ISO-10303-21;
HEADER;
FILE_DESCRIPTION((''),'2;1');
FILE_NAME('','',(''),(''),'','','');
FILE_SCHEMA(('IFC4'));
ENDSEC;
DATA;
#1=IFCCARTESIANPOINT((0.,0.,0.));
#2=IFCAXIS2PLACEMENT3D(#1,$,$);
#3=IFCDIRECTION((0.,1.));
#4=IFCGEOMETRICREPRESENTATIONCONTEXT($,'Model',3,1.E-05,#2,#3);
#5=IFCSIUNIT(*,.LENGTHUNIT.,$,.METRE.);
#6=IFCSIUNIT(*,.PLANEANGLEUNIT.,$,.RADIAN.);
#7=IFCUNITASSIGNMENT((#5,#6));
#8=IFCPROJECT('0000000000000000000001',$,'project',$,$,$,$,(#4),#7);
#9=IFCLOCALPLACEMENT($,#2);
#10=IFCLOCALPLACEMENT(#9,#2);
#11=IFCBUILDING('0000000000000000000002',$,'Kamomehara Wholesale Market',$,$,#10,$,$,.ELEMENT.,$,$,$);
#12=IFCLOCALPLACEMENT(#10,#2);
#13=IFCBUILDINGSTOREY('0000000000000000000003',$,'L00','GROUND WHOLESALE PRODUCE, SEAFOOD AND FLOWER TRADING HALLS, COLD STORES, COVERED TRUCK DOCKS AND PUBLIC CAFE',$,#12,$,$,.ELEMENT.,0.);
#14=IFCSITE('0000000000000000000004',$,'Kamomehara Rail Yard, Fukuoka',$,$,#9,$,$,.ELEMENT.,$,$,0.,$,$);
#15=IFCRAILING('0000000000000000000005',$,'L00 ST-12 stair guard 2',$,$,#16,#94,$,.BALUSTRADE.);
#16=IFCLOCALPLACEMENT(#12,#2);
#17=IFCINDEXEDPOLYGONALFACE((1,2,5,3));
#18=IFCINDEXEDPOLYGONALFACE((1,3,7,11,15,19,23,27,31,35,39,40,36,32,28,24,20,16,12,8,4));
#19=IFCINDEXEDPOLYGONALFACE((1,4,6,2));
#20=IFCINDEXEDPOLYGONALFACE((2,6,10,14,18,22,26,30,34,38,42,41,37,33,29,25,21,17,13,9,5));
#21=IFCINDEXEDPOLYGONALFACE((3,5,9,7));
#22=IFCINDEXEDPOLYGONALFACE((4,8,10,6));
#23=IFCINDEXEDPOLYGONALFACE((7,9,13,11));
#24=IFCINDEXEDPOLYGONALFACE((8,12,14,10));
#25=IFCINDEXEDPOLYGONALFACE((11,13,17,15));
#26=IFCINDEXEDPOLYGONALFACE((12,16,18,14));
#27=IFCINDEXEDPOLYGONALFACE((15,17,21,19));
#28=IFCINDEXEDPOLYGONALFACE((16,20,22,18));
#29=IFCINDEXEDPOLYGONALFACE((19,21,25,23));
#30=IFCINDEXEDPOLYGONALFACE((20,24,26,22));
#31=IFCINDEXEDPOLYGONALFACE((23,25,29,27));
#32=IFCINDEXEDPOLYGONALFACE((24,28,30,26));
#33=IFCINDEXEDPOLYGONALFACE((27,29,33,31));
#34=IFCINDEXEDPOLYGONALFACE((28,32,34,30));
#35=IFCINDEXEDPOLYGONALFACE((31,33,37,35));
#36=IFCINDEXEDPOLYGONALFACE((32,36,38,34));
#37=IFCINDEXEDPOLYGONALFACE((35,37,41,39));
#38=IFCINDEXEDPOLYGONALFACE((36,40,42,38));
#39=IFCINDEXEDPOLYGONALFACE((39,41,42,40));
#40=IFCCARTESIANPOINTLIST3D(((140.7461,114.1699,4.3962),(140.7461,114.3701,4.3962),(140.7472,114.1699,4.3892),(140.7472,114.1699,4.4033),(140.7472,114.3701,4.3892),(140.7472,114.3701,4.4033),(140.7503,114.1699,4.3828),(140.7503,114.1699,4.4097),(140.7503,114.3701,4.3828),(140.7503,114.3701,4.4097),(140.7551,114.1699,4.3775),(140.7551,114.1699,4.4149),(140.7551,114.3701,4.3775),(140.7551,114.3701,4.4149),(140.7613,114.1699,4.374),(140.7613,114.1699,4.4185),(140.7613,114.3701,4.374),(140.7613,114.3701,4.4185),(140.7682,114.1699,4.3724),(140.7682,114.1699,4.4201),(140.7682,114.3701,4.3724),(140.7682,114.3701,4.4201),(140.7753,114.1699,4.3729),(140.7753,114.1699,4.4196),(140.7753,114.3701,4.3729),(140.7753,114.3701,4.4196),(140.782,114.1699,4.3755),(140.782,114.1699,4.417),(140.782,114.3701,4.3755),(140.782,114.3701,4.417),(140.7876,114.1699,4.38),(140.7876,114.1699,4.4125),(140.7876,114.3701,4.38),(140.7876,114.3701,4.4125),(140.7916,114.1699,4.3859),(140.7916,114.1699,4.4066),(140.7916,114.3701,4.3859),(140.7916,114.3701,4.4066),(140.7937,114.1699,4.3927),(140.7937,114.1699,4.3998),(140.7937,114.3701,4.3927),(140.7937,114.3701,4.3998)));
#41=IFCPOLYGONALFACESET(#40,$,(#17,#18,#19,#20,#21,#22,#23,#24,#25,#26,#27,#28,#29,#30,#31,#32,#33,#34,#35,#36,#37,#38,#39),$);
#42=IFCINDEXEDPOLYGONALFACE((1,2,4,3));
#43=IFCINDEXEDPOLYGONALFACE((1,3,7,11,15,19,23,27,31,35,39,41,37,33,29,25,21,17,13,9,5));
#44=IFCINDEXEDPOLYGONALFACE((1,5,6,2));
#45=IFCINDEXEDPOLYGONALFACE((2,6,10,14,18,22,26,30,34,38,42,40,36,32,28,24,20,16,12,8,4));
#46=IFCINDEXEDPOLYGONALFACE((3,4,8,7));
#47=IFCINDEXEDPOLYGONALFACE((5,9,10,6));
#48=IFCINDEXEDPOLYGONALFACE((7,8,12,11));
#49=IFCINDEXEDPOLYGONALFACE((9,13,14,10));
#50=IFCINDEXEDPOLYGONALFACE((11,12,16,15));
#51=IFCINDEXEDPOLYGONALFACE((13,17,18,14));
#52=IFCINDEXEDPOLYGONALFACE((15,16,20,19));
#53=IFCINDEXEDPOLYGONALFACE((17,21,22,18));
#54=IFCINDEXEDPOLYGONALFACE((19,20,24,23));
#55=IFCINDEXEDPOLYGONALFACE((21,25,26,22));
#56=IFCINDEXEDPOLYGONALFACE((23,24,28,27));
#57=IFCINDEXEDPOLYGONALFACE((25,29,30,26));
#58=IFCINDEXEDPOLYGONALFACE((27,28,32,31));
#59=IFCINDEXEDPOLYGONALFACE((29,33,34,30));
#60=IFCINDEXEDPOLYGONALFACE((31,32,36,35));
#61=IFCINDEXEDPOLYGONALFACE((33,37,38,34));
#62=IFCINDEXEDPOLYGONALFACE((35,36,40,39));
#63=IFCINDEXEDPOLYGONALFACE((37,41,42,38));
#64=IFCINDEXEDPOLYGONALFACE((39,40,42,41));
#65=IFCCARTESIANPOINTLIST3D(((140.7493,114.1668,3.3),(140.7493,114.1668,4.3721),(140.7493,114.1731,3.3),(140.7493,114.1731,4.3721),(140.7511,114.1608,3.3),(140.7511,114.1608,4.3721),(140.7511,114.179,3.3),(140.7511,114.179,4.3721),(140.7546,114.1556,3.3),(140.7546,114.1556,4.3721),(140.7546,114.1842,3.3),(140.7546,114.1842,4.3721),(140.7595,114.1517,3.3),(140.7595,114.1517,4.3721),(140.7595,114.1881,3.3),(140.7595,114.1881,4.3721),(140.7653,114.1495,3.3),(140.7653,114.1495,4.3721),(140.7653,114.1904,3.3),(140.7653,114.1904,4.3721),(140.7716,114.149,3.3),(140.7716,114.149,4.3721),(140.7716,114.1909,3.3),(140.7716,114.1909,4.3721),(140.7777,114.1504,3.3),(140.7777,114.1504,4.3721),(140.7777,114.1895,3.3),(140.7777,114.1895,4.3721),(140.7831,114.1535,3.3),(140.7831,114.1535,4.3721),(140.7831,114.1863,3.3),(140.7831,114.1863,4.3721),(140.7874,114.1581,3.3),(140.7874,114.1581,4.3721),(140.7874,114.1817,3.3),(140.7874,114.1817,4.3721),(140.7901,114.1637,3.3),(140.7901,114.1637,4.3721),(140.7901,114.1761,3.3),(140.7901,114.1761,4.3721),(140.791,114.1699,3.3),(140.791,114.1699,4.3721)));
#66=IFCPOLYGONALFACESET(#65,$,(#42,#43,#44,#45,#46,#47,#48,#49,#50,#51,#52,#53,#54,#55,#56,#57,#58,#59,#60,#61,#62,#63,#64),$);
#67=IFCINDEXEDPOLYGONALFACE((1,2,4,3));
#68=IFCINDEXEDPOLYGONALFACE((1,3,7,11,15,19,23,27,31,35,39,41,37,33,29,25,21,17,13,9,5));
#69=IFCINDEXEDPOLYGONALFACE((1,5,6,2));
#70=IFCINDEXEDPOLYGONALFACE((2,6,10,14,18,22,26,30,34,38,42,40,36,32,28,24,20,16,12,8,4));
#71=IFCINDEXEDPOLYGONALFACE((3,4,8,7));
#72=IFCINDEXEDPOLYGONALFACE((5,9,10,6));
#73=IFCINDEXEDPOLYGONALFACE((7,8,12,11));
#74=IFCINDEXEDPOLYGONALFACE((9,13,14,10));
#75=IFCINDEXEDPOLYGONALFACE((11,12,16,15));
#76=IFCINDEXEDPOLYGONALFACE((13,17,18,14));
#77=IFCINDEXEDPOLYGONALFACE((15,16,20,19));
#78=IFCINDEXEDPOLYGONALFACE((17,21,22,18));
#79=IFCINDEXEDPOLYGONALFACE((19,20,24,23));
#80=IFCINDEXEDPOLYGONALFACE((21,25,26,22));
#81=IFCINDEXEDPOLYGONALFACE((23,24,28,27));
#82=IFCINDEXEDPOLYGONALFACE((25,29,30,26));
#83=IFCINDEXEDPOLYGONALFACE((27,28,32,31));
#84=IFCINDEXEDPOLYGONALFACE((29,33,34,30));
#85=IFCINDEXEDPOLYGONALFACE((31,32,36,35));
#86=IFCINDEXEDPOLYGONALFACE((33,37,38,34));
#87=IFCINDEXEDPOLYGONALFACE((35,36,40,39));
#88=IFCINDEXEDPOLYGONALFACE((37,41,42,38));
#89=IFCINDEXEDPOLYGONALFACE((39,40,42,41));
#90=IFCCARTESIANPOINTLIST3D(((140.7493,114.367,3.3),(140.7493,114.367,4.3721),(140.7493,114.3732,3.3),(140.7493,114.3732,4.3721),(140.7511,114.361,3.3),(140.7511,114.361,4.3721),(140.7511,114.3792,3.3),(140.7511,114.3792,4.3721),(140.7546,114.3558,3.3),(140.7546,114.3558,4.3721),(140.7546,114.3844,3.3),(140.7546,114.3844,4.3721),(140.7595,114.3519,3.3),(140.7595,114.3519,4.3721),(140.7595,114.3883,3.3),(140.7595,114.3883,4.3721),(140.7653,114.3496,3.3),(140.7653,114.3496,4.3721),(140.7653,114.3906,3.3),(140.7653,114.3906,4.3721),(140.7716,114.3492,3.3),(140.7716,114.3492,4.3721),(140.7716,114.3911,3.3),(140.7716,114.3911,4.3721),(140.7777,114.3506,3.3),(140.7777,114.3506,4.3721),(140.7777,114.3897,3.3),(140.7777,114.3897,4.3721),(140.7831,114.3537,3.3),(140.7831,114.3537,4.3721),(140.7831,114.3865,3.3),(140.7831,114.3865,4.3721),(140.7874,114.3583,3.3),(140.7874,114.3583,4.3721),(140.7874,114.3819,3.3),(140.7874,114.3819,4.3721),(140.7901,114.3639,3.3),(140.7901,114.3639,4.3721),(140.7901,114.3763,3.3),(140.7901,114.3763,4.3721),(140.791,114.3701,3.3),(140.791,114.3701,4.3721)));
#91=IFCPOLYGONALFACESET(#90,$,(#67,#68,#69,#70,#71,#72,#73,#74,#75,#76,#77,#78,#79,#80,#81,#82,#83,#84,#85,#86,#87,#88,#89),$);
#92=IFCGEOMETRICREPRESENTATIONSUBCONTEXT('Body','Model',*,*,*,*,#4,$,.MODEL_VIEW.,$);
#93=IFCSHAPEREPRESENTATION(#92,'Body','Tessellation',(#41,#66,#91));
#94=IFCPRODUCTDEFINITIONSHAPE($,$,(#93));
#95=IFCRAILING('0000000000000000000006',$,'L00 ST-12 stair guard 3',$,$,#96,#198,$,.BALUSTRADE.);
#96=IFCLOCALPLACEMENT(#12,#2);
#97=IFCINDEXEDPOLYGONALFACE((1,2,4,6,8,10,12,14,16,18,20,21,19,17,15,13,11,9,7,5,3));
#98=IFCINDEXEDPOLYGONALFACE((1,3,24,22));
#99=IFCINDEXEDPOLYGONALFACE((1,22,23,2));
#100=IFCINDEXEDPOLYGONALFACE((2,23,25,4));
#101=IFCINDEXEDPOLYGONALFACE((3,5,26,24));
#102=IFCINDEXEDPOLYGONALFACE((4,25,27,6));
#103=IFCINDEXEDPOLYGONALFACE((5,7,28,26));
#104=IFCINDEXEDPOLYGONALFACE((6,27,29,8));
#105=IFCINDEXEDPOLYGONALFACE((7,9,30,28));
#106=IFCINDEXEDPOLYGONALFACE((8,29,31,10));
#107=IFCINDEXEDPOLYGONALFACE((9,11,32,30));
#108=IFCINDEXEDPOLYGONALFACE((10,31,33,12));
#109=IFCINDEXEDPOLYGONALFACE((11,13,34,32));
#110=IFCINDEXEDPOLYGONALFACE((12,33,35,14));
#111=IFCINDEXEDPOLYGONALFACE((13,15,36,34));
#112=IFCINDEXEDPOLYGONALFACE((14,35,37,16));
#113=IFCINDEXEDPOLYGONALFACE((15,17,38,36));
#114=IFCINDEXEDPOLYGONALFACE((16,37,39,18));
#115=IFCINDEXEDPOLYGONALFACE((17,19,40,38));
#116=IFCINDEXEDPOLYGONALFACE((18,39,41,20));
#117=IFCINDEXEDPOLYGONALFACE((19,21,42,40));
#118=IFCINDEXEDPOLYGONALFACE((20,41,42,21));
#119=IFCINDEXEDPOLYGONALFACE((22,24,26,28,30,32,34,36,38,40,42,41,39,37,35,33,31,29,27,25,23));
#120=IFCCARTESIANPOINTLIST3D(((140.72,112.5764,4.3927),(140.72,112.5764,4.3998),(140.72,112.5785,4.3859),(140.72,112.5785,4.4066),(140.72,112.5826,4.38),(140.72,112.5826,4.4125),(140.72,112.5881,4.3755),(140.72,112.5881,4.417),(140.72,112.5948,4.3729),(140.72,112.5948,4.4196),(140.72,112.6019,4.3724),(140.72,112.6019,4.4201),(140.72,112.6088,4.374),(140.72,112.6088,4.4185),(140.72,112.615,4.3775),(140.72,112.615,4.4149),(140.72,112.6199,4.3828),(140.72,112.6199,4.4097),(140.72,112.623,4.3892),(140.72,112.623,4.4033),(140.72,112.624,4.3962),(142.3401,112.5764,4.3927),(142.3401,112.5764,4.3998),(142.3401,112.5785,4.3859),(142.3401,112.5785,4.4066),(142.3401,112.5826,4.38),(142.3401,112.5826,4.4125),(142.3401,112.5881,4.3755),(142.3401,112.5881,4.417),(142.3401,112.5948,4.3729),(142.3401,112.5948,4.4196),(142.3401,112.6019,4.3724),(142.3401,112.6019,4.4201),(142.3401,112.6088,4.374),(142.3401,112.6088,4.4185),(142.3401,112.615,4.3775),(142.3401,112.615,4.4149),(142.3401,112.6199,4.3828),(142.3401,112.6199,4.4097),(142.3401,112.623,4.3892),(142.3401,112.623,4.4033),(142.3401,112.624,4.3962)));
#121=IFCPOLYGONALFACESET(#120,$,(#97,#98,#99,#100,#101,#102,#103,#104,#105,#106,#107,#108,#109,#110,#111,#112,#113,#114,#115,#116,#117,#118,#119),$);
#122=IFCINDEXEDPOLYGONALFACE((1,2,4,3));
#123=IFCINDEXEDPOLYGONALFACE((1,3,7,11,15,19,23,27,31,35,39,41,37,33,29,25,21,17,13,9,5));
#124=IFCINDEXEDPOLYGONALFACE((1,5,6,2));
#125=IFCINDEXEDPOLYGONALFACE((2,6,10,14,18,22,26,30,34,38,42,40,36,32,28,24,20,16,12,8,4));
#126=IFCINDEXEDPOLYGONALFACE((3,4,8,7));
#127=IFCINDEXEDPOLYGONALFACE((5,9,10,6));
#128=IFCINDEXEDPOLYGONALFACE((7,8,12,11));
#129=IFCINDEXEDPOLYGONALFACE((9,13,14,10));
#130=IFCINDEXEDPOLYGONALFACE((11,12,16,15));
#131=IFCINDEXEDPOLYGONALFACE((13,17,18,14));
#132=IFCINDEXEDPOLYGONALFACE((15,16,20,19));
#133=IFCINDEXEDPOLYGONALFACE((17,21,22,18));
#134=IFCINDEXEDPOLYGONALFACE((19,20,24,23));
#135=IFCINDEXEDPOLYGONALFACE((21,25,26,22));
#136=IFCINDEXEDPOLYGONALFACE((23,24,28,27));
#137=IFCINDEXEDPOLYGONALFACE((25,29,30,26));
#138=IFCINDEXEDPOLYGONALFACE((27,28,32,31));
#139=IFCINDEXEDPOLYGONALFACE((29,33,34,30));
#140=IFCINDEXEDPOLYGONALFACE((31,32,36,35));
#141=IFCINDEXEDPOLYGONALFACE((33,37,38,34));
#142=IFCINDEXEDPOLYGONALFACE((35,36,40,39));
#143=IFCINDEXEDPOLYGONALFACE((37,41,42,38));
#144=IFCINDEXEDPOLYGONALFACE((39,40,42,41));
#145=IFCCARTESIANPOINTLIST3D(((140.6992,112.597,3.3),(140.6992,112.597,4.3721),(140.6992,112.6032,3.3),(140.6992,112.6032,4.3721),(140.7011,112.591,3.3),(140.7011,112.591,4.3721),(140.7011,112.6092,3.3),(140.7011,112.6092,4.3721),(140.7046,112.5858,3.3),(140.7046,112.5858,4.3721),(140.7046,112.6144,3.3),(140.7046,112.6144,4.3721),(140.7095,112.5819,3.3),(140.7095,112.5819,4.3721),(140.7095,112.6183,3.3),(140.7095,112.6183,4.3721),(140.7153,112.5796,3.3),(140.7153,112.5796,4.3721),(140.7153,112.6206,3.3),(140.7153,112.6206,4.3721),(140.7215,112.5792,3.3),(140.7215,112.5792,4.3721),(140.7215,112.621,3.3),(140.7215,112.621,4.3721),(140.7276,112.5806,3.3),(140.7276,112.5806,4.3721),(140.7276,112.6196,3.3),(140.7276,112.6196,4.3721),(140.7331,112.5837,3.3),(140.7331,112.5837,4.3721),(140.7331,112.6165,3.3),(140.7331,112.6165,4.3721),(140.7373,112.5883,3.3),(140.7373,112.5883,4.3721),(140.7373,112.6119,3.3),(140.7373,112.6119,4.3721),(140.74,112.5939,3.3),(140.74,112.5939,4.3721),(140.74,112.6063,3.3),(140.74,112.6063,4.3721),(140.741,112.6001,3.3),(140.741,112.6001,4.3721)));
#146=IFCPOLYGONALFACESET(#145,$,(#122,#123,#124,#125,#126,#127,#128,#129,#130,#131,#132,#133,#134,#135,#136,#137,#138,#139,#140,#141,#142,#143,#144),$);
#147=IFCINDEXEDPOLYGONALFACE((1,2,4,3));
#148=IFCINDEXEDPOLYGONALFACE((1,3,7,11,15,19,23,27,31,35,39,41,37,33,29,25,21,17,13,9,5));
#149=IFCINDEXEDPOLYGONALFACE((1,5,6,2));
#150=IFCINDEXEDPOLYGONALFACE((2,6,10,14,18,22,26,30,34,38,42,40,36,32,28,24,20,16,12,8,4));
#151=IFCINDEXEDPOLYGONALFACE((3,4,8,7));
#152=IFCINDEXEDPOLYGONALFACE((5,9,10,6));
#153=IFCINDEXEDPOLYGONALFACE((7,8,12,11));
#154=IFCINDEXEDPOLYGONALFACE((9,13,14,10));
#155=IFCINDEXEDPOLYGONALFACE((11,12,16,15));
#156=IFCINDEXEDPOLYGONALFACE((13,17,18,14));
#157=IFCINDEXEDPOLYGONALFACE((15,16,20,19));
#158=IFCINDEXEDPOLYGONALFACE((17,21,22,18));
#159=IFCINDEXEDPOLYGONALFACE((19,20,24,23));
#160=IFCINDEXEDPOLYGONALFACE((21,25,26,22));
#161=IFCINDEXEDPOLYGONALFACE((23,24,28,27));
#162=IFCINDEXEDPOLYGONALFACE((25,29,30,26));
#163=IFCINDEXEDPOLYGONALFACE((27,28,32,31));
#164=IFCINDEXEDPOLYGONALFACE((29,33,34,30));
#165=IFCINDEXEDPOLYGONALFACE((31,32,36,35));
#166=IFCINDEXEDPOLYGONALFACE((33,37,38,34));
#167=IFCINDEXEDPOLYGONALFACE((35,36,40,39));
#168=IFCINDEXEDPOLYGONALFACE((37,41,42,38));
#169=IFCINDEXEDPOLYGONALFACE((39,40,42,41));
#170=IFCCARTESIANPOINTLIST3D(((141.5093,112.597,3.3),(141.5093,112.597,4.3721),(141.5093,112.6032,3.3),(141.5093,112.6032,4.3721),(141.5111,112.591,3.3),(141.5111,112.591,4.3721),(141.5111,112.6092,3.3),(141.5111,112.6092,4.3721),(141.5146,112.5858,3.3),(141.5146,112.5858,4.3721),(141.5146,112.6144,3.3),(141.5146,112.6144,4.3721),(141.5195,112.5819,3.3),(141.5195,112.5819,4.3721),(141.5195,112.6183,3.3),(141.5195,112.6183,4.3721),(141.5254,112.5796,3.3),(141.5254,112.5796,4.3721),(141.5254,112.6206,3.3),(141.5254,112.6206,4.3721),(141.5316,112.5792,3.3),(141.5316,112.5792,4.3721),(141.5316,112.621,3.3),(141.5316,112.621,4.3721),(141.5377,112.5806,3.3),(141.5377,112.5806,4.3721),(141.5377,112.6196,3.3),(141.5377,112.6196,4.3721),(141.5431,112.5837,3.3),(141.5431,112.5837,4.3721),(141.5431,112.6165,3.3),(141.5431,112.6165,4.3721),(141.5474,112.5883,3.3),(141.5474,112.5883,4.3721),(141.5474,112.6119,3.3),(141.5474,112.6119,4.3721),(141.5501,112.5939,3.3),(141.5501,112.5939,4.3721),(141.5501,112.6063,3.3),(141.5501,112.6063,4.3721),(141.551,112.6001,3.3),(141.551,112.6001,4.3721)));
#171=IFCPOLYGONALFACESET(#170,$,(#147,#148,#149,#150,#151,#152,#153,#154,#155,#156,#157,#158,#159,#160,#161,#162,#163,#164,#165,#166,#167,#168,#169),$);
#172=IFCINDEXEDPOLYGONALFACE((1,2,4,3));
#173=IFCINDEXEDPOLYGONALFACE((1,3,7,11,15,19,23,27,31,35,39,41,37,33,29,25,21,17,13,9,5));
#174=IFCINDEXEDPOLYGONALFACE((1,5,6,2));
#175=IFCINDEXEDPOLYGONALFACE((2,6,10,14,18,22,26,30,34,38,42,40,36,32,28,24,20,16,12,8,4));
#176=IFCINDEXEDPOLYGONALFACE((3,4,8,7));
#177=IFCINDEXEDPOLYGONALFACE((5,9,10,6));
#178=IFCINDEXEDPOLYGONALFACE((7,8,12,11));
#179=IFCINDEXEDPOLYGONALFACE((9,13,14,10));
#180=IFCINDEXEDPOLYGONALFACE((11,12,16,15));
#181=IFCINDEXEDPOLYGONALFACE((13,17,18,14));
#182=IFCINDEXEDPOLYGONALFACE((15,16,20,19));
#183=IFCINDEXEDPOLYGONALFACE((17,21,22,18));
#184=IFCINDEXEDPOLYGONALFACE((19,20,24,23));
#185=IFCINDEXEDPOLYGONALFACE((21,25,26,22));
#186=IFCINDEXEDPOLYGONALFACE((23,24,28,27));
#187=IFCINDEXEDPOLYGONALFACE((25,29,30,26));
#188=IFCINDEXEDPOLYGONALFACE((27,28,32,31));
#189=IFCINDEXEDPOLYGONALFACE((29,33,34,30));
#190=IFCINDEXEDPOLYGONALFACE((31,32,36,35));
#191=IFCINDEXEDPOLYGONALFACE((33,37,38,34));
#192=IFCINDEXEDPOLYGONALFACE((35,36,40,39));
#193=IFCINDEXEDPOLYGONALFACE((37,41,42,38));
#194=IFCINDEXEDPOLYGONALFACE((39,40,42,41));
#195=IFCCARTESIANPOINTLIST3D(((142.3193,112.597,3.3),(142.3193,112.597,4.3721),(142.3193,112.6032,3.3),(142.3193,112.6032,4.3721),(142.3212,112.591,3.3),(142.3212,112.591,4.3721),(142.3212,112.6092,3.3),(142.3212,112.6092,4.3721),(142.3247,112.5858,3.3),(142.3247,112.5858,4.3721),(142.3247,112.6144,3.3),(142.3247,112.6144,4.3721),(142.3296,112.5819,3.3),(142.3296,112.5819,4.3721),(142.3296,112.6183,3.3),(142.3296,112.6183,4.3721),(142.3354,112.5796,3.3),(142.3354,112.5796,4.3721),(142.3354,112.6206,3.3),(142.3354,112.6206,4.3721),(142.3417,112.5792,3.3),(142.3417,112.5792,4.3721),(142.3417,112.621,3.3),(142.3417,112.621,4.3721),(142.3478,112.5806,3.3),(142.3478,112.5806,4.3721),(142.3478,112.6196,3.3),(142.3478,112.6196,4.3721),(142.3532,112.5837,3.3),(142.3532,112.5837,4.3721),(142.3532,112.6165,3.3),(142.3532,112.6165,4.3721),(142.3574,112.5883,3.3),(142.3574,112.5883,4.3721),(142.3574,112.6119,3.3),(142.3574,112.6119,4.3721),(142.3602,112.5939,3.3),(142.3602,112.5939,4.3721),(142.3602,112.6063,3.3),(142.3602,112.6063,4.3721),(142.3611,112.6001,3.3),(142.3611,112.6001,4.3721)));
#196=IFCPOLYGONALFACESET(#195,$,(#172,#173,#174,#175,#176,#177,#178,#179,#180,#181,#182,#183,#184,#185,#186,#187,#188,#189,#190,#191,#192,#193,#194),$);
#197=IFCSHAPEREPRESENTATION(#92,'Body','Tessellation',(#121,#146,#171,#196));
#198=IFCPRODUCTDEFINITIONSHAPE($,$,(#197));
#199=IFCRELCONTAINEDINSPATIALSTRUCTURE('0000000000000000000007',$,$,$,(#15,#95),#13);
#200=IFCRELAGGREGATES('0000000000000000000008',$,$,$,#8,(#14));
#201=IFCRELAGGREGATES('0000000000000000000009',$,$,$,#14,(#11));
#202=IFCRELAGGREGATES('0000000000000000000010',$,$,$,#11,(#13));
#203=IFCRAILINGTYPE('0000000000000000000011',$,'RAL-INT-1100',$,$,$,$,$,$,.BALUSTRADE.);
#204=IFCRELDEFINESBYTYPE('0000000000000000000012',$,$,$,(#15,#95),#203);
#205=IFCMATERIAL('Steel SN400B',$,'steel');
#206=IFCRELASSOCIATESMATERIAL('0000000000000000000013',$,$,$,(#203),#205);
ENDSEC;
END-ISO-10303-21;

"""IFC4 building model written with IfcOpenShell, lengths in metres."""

from ifc_helpers import new_model, si_unit, direction, frame, origin, origin_2d, place, context, subcontext, project, spatial, circle, extrude, material, type_object, element, save


model = new_model("IFC4")

# Units and contexts
model_context = context("Model", 3, precision=1e-05, world=origin(), true_north=direction((0.0, 1.0)))
body_context = subcontext(model_context, "Body", "Model", "MODEL_VIEW")
ifc_project = project(units=[si_unit("LENGTHUNIT", "METRE"), si_unit("PLANEANGLEUNIT", "RADIAN")], contexts=[model_context])

# Site, building, storey
site_placement = place(None, origin())
site = spatial("IfcSite", under=ifc_project, at=site_placement, Name="Kamomehara Rail Yard, Fukuoka", CompositionType="ELEMENT", RefElevation=0.0)
building_placement = place(site_placement, origin())
building = spatial("IfcBuilding", under=site, at=building_placement, Name="Kamomehara Wholesale Market", CompositionType="ELEMENT")
storey_placement = place(building_placement, origin())
storey = spatial("IfcBuildingStorey", under=building, at=storey_placement, Name="L00", Description="GROUND WHOLESALE PRODUCE, SEAFOOD AND FLOWER TRADING HALLS, COLD STORES, COVERED TRUCK DOCKS AND PUBLIC CAFE", CompositionType="ELEMENT", Elevation=0.0)

# Railings
ifc_material_1 = material(Name="Steel SN400B", Category="steel")
railing_type = type_object("IfcRailingType", Name="RAL-INT-1100", PredefinedType="BALUSTRADE", material=ifc_material_1)
railing_1_placement = place(storey_placement, frame((140.77, 114.1699, 3.3)))
element("IfcRailing", 1, at=railing_1_placement, inside=storey, type_object=railing_type, Name="L00 ST-12 stair guard 2", PredefinedType="BALUSTRADE", context=body_context, shape_type="SweptSolid", body=[
    extrude(circle(Radius=0.0239, at=origin_2d()), frame((0.0, 0.0, 1.0962), z_axis=(0.0, 1.0, 0.0), x_axis=(-1.0, 0.0, 0.0)), (0.0, 0.0, 1.0), 0.2002),
    extrude(circle(Radius=0.021, at=origin_2d()), origin(), (0.0, 0.0, 1.0), 1.072),
    extrude(circle(Radius=0.021, at=origin_2d()), frame((0.0, 0.2002, 0.0)), (0.0, 0.0, 1.0), 1.072),
])
railing_2_placement = place(storey_placement, frame((140.72, 112.6001, 3.3)))
element("IfcRailing", 2, at=railing_2_placement, inside=storey, type_object=railing_type, Name="L00 ST-12 stair guard 3", PredefinedType="BALUSTRADE", context=body_context, shape_type="SweptSolid", body=[
    extrude(circle(Radius=0.0239, at=origin_2d()), frame((0.0, 0.0, 1.0962), z_axis=(1.0, 0.0, 0.0), x_axis=(0.0, 1.0, 0.0)), (0.0, 0.0, 1.0), 1.6201),
    extrude(circle(Radius=0.021, at=origin_2d()), origin(), (0.0, 0.0, 1.0), 1.072),
    extrude(circle(Radius=0.021, at=origin_2d()), frame((0.8101, 0.0, 0.0)), (0.0, 0.0, 1.0), 1.072),
    extrude(circle(Radius=0.021, at=origin_2d()), frame((1.6201, 0.0, 0.0)), (0.0, 0.0, 1.0), 1.072),
])

save(model, "model.ifc")
